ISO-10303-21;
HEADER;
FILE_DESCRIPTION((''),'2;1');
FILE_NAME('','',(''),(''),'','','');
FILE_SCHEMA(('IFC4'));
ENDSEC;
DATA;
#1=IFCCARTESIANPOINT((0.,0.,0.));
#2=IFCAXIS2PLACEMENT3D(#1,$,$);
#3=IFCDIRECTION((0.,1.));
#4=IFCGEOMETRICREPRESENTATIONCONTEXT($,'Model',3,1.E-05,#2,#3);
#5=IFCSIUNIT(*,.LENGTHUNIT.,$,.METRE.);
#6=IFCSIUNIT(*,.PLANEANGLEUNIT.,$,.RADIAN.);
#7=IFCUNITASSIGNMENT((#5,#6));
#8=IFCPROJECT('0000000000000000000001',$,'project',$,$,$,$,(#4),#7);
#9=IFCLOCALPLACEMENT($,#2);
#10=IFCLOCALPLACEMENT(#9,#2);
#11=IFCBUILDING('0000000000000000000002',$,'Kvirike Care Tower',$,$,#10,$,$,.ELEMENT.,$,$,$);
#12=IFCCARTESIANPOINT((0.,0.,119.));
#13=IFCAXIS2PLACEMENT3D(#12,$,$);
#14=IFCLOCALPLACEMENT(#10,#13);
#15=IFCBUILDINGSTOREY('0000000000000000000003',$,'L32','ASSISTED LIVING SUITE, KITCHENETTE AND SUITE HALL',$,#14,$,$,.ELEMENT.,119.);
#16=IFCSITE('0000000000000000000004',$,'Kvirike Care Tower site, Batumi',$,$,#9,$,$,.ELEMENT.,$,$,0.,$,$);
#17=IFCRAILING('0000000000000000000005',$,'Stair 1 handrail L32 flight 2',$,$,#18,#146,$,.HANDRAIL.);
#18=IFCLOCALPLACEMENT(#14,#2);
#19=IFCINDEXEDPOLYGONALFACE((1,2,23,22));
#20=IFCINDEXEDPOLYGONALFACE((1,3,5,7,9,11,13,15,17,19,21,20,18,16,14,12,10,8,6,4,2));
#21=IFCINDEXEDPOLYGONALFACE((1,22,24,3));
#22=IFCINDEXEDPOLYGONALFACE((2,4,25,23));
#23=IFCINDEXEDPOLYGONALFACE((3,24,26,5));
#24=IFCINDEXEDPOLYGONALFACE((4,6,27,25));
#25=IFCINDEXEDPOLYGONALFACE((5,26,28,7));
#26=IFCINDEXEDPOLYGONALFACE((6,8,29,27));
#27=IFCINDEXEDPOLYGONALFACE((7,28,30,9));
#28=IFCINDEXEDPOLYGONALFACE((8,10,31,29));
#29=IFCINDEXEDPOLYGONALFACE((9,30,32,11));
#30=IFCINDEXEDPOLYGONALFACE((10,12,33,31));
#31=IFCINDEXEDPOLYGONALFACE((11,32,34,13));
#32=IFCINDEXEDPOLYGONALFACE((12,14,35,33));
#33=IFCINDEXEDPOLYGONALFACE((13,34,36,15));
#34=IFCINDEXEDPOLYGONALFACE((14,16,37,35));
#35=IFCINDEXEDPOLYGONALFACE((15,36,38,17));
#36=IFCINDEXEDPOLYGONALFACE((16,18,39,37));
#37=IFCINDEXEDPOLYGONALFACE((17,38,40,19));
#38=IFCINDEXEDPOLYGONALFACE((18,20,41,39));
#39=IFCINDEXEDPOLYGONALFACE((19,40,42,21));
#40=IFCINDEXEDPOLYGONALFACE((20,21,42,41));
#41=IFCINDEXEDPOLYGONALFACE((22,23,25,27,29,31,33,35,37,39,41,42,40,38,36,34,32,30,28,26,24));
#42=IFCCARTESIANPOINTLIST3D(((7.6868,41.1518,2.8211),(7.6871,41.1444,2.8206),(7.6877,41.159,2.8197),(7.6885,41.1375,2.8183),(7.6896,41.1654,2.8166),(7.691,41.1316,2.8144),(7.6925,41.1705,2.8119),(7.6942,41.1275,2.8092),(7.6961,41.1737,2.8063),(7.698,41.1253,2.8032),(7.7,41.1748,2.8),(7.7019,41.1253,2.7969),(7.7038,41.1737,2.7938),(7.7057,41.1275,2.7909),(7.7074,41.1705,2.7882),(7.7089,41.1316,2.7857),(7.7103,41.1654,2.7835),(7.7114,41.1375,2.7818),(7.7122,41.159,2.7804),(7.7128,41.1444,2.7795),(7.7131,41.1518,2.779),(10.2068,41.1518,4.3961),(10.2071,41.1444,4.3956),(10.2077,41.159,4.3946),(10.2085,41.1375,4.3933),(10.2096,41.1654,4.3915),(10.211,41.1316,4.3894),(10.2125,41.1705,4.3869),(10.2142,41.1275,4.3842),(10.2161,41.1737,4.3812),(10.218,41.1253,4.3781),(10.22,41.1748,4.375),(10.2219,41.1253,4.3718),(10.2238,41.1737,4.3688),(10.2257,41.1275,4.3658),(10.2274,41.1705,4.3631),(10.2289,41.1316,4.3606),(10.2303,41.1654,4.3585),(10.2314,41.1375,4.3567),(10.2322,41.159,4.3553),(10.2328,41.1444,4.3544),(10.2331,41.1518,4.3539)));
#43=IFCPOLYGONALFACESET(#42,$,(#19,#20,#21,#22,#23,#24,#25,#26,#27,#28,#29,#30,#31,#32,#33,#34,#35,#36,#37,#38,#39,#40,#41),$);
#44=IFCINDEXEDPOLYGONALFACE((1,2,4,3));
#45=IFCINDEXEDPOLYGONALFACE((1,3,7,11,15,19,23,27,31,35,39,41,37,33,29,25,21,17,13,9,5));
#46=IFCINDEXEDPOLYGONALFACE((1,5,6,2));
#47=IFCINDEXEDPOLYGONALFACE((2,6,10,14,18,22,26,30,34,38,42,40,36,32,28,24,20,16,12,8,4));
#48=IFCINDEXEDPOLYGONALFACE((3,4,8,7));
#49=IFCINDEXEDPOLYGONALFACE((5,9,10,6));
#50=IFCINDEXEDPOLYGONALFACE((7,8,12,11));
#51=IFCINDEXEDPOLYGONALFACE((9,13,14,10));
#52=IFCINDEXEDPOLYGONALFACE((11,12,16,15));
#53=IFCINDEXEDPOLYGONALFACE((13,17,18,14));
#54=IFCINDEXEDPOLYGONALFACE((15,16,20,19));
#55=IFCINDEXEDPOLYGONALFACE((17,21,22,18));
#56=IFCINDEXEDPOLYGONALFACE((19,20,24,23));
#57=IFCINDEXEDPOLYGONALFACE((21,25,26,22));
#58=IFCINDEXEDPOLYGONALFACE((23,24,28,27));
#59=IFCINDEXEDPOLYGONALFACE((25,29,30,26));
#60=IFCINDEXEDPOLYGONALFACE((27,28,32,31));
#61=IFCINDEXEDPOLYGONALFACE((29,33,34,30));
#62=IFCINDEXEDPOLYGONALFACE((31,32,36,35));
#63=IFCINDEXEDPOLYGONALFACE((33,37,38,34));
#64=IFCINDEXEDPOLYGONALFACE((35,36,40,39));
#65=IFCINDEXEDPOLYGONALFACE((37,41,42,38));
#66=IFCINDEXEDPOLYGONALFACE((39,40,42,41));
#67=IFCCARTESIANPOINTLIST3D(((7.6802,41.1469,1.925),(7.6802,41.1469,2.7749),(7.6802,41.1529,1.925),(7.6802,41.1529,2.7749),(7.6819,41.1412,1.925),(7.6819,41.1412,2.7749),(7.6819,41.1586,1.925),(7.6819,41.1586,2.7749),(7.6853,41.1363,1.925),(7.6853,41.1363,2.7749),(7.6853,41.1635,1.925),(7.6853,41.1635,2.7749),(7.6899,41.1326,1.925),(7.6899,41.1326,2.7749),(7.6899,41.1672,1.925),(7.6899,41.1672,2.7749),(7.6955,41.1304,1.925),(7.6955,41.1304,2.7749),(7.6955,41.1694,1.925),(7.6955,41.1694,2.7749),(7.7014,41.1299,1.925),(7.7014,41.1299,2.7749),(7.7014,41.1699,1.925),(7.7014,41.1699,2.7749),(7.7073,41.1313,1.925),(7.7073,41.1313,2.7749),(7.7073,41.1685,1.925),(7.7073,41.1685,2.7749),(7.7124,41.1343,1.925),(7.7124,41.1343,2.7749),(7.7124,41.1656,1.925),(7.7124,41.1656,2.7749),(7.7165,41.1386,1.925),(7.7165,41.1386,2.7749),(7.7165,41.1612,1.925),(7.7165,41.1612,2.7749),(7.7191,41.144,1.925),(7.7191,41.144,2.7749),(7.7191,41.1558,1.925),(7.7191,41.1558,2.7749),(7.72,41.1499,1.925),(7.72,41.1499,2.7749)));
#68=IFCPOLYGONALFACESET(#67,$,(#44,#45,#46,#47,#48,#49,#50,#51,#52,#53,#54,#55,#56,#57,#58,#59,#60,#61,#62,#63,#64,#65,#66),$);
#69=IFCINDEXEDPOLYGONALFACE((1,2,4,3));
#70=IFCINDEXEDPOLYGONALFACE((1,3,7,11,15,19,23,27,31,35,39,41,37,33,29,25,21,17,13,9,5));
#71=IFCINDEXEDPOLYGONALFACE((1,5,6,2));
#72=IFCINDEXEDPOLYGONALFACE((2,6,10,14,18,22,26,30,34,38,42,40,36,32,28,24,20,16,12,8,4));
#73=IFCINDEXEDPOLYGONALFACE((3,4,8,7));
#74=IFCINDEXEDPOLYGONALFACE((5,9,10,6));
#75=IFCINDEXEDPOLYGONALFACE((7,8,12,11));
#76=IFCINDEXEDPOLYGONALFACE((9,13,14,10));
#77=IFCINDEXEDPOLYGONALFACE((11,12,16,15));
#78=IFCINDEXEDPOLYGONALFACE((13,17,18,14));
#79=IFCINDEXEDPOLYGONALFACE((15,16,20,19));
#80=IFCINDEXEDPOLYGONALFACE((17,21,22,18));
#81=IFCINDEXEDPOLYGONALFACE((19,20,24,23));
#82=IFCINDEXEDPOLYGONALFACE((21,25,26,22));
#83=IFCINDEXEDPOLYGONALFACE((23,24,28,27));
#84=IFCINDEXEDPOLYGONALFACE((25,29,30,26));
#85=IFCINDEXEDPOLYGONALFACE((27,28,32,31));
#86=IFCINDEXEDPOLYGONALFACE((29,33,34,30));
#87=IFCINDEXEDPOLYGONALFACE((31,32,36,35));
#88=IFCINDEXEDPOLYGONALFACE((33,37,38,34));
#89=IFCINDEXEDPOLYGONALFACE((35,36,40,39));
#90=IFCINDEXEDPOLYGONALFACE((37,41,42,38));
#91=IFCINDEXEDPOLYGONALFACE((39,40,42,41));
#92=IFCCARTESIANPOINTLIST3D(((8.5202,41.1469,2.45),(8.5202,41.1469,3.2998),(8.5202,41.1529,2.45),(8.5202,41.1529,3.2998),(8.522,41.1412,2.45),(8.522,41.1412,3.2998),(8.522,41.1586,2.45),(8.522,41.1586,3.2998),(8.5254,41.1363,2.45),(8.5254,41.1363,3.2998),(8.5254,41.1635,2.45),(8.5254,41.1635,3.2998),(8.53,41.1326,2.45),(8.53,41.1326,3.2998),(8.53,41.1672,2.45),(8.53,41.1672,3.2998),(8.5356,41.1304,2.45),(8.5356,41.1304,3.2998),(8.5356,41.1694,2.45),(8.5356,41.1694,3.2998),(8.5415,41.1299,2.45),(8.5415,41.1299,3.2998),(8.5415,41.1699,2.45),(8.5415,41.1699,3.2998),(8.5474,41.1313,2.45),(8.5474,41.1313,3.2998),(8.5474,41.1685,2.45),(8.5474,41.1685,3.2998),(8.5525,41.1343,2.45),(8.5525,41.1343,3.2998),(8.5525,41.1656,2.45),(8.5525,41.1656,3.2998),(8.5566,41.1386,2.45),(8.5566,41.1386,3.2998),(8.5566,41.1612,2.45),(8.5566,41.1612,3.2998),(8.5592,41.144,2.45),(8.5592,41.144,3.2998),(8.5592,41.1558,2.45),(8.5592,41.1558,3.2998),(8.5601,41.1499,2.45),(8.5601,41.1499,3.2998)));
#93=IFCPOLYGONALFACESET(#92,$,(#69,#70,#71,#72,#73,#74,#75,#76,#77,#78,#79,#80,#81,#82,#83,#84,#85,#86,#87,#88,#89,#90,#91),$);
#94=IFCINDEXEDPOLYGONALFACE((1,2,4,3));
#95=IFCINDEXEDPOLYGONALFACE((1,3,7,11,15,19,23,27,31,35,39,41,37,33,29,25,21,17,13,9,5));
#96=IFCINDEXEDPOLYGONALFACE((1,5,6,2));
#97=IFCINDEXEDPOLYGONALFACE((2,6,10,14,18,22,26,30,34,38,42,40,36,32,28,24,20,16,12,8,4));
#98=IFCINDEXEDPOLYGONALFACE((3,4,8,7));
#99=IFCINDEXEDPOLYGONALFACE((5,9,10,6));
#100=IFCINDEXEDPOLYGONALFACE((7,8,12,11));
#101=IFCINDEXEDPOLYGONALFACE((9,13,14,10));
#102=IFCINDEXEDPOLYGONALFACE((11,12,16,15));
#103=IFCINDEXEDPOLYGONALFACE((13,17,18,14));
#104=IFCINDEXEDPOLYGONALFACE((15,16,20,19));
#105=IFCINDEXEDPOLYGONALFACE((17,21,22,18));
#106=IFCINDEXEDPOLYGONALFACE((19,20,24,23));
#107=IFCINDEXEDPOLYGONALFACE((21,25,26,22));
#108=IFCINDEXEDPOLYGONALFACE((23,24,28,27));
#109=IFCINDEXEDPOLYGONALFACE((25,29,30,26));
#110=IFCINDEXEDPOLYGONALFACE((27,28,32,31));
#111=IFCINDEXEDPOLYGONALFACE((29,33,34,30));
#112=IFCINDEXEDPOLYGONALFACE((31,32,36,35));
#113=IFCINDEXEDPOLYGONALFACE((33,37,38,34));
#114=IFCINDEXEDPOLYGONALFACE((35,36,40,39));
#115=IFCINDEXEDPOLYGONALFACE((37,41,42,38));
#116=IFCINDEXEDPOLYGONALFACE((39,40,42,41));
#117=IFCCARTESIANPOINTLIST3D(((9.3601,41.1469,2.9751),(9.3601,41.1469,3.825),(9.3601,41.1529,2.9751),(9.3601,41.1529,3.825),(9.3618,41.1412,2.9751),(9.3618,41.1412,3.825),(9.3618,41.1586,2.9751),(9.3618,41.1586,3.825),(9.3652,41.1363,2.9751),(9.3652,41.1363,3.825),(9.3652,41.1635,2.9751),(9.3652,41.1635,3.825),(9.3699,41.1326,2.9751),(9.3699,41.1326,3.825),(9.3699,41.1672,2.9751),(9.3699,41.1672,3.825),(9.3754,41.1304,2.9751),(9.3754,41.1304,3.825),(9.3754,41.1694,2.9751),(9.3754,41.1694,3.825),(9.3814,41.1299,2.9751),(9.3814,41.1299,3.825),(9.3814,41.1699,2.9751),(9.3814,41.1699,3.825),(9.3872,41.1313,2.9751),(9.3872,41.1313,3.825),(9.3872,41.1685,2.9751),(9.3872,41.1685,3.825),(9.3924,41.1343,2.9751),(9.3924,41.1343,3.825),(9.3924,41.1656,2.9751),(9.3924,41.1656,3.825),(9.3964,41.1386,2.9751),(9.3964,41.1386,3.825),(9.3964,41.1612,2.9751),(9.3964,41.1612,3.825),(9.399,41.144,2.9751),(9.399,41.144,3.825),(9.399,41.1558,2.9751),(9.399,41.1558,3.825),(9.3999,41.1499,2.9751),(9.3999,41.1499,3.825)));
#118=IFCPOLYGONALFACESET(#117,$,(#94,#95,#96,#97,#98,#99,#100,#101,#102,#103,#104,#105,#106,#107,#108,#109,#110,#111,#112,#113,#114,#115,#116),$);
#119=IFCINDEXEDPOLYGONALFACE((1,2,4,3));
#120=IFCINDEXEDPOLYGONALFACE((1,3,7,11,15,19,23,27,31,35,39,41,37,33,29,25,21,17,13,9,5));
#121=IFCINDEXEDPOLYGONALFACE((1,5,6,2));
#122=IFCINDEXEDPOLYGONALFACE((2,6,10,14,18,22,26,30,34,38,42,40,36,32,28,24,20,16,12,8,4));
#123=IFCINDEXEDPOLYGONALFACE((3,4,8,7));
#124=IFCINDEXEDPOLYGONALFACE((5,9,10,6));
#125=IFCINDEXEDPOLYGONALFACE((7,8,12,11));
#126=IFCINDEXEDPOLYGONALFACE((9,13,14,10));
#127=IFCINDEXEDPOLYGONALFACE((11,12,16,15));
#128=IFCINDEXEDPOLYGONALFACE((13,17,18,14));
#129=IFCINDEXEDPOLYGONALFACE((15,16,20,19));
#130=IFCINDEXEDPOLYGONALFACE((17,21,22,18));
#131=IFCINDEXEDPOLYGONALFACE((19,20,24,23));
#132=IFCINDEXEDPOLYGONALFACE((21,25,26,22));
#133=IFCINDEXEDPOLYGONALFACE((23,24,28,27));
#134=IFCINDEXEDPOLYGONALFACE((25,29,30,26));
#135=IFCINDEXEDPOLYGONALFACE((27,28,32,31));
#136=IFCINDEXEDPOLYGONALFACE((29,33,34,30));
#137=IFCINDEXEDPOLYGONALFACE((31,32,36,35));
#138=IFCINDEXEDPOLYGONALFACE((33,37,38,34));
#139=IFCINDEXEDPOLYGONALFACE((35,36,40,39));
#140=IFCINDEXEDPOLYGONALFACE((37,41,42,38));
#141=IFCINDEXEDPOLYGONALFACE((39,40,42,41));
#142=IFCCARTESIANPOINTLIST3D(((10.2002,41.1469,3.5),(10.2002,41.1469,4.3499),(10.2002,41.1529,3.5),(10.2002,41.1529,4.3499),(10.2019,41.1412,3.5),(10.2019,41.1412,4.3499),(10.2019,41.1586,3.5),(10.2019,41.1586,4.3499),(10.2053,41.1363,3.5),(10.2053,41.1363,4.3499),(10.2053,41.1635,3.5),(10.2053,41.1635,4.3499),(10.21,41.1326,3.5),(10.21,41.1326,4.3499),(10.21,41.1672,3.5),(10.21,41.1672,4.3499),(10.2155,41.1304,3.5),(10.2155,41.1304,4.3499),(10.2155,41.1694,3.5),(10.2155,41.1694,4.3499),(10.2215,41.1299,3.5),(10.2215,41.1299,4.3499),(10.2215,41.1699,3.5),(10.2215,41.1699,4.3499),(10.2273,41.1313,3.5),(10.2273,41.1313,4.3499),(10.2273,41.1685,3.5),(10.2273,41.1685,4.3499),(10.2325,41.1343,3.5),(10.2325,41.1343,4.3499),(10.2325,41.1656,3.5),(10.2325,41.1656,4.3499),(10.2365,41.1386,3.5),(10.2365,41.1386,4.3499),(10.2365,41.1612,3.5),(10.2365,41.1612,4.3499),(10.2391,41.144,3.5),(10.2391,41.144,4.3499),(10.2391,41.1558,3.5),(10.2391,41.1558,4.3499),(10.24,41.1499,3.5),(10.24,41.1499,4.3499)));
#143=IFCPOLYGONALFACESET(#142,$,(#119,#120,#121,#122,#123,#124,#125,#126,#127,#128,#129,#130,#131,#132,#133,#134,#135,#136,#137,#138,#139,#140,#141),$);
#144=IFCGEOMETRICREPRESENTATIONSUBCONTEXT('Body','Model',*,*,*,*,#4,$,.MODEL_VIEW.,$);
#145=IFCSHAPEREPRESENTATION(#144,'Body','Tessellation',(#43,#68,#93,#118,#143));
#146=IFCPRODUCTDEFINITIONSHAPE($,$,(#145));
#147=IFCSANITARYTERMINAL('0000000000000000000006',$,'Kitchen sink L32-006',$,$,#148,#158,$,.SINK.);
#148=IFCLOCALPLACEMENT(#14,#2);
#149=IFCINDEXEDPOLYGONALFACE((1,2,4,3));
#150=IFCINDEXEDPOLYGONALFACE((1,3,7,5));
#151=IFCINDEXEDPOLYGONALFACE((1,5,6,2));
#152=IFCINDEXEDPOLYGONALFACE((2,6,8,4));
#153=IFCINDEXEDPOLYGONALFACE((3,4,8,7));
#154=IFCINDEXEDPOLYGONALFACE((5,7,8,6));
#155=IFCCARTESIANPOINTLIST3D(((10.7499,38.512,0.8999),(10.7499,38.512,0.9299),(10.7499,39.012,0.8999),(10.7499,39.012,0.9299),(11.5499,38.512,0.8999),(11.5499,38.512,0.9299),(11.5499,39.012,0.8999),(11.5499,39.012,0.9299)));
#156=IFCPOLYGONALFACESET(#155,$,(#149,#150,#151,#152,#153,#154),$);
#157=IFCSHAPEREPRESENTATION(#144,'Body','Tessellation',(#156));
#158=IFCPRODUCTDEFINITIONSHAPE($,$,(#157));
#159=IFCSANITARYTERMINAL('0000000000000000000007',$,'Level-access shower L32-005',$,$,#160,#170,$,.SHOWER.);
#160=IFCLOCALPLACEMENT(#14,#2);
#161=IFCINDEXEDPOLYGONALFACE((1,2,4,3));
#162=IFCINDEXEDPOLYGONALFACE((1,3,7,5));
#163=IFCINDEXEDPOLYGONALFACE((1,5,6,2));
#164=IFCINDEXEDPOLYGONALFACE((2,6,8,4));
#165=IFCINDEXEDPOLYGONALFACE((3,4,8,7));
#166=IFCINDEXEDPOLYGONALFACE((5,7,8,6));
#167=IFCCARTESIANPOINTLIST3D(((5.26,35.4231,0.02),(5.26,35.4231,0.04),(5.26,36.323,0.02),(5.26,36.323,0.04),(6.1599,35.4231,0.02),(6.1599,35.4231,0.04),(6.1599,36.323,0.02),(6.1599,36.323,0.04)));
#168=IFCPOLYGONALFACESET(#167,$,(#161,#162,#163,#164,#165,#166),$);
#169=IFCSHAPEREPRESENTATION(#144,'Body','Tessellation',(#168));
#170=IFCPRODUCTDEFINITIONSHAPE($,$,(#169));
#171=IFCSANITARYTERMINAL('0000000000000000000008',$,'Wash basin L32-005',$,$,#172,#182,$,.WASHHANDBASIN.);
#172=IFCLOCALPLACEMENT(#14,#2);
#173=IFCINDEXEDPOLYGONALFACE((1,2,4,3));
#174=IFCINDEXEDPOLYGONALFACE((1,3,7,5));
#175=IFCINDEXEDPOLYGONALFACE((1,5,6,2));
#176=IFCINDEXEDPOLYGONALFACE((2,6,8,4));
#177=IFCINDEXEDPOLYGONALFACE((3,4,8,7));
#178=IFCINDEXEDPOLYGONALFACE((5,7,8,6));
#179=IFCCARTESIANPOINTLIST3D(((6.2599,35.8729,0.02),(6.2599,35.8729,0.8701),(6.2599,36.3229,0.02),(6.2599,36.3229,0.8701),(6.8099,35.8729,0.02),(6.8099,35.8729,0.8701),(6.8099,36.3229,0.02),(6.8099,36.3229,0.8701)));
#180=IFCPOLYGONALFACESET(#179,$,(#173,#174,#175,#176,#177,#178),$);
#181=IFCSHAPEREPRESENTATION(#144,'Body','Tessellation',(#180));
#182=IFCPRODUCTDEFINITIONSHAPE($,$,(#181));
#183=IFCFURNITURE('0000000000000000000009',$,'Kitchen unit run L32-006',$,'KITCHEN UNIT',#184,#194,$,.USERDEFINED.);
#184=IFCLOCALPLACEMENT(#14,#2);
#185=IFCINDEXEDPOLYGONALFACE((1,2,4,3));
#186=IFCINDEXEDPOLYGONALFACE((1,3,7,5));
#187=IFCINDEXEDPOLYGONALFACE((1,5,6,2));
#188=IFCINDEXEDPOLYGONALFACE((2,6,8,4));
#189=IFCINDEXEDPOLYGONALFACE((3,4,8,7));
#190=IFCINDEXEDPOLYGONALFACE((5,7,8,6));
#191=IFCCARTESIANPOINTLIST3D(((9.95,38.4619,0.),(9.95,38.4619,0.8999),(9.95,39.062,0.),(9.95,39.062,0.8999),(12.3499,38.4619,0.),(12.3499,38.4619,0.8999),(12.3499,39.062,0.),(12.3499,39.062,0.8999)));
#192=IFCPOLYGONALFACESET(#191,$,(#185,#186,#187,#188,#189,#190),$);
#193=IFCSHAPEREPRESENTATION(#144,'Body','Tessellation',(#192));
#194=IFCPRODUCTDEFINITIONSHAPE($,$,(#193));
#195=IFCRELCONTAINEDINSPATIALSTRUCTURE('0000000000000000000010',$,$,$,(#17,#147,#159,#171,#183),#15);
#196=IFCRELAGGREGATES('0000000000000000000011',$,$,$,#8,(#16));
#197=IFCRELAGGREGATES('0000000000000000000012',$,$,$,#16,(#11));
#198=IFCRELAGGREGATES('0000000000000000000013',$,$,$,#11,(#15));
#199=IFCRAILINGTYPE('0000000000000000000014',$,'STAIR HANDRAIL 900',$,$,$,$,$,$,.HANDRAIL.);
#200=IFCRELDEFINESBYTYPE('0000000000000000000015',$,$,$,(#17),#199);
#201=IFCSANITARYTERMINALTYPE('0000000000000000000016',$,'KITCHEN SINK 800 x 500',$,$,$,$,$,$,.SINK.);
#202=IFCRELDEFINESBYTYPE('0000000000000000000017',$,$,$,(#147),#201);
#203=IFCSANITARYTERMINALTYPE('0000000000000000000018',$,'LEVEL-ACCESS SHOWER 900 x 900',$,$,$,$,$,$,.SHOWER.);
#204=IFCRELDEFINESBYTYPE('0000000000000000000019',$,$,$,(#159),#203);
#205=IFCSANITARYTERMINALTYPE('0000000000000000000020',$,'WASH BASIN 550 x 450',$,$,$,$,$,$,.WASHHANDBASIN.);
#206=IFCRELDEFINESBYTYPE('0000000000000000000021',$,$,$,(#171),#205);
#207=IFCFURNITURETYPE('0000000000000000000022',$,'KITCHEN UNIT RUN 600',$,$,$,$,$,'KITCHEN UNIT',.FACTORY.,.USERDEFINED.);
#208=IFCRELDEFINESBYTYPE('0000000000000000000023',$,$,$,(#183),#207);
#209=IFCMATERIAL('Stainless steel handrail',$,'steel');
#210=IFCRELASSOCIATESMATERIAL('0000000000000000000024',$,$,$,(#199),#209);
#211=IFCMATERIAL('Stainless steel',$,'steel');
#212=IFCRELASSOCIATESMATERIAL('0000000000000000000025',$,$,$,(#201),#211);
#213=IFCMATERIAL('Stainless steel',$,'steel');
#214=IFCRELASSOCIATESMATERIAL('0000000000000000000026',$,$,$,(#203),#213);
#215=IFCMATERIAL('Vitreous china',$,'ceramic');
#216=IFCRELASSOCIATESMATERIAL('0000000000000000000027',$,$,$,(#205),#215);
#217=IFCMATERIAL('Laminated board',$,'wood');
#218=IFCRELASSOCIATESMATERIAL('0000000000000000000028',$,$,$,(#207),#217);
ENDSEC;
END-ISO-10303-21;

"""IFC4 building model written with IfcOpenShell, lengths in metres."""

from ifc_helpers import new_model, si_unit, direction, frame, origin, origin_2d, place, context, subcontext, project, spatial, rectangle, circle, extrude, material, type_object, element, save


model = new_model("IFC4")

# Units and contexts
model_context = context("Model", 3, precision=1e-05, world=origin(), true_north=direction((0.0, 1.0)))
body_context = subcontext(model_context, "Body", "Model", "MODEL_VIEW")
ifc_project = project(units=[si_unit("LENGTHUNIT", "METRE"), si_unit("PLANEANGLEUNIT", "RADIAN")], contexts=[model_context])

# Site, building, storey
site_placement = place(None, origin())
site = spatial("IfcSite", under=ifc_project, at=site_placement, Name="Kvirike Care Tower site, Batumi", CompositionType="ELEMENT", RefElevation=0.0)
building_placement = place(site_placement, origin())
building = spatial("IfcBuilding", under=site, at=building_placement, Name="Kvirike Care Tower", CompositionType="ELEMENT")
storey_placement = place(building_placement, frame((0.0, 0.0, 119.0)))
storey = spatial("IfcBuildingStorey", under=building, at=storey_placement, Name="L32", Description="ASSISTED LIVING SUITE, KITCHENETTE AND SUITE HALL", CompositionType="ELEMENT", Elevation=119.0)

# Railing
ifc_material_1 = material(Name="Stainless steel handrail", Category="steel")
railing_type = type_object("IfcRailingType", Name="STAIR HANDRAIL 900", PredefinedType="HANDRAIL", material=ifc_material_1)
railing_1_placement = place(storey_placement, frame((7.7, 41.1499, 1.925)))
element("IfcRailing", 1, at=railing_1_placement, inside=storey, type_object=railing_type, Name="Stair 1 handrail L32 flight 2", PredefinedType="HANDRAIL", context=body_context, shape_type="SweptSolid", body=[
    extrude(circle(Radius=0.0249, at=origin_2d()), frame((0.0, 0.0, 0.875), z_axis=(0.848008, 0.0, 0.529984), x_axis=(0.0, 1.0, 0.0)), (0.0, 0.0, 1.0), 2.9717),
    extrude(circle(Radius=0.02, at=origin_2d()), origin(), (0.0, 0.0, 1.0), 0.8499),
    extrude(circle(Radius=0.02, at=origin_2d()), frame((0.8401, 0.0, 0.5249)), (0.0, 0.0, 1.0), 0.8499),
    extrude(circle(Radius=0.02, at=origin_2d()), frame((1.6799, 0.0, 1.05)), (0.0, 0.0, 1.0), 0.8499),
    extrude(circle(Radius=0.02, at=origin_2d()), frame((2.52, 0.0, 1.575)), (0.0, 0.0, 1.0), 0.8499),
])

# Sanitary terminals
ifc_material_2 = material(Name="Stainless steel", Category="steel")
sanitary_terminal_type_1 = type_object("IfcSanitaryTerminalType", Name="KITCHEN SINK 800 x 500", PredefinedType="SINK", material=ifc_material_2)
sanitary_terminal_1_placement = place(storey_placement, frame((11.1499, 38.762, 0.8999), z_axis=(0.0, 0.0, 1.0), x_axis=(-1.0, 0.0, 0.0)))
element("IfcSanitaryTerminal", 2, at=sanitary_terminal_1_placement, inside=storey, type_object=sanitary_terminal_type_1, Name="Kitchen sink L32-006", PredefinedType="SINK", context=body_context, shape_type="SweptSolid", body=[
    extrude(rectangle(XDim=0.8, YDim=0.5, at=origin_2d()), origin(), (0.0, 0.0, 1.0), 0.03),
])
ifc_material_3 = material(Name="Stainless steel", Category="steel")
sanitary_terminal_type_2 = type_object("IfcSanitaryTerminalType", Name="LEVEL-ACCESS SHOWER 900 x 900", PredefinedType="SHOWER", material=ifc_material_3)
sanitary_terminal_2_placement = place(storey_placement, frame((5.71, 35.873, 0.02), z_axis=(0.0, 0.0, 1.0), x_axis=(1.0, 0.0, 0.0)))
element("IfcSanitaryTerminal", 3, at=sanitary_terminal_2_placement, inside=storey, type_object=sanitary_terminal_type_2, Name="Level-access shower L32-005", PredefinedType="SHOWER", context=body_context, shape_type="SweptSolid", body=[
    extrude(rectangle(XDim=0.8999, YDim=0.8999, at=origin_2d()), origin(), (0.0, 0.0, 1.0), 0.02),
])
ifc_material_4 = material(Name="Vitreous china", Category="ceramic")
sanitary_terminal_type_3 = type_object("IfcSanitaryTerminalType", Name="WASH BASIN 550 x 450", PredefinedType="WASHHANDBASIN", material=ifc_material_4)
sanitary_terminal_3_placement = place(storey_placement, frame((6.5349, 36.0979, 0.02), z_axis=(0.0, 0.0, 1.0), x_axis=(1.0, 0.0, 0.0)))
element("IfcSanitaryTerminal", 4, at=sanitary_terminal_3_placement, inside=storey, type_object=sanitary_terminal_type_3, Name="Wash basin L32-005", PredefinedType="WASHHANDBASIN", context=body_context, shape_type="SweptSolid", body=[
    extrude(rectangle(XDim=0.55, YDim=0.45, at=origin_2d()), origin(), (0.0, 0.0, 1.0), 0.8501),
])

# Furniture
ifc_material_5 = material(Name="Laminated board", Category="wood")
furniture_type = type_object("IfcFurnitureType", Name="KITCHEN UNIT RUN 600", ElementType="KITCHEN UNIT", AssemblyPlace="FACTORY", PredefinedType="USERDEFINED", material=ifc_material_5)
furniture_placement = place(storey_placement, frame((11.1499, 38.762, 0.0), z_axis=(0.0, 0.0, 1.0), x_axis=(-1.0, 0.0, 0.0)))
element("IfcFurniture", 5, at=furniture_placement, inside=storey, type_object=furniture_type, Name="Kitchen unit run L32-006", ObjectType="KITCHEN UNIT", PredefinedType="USERDEFINED", context=body_context, shape_type="SweptSolid", body=[
    extrude(rectangle(XDim=2.3999, YDim=0.6001, at=origin_2d()), origin(), (0.0, 0.0, 1.0), 0.8999),
])

save(model, "model.ifc")
